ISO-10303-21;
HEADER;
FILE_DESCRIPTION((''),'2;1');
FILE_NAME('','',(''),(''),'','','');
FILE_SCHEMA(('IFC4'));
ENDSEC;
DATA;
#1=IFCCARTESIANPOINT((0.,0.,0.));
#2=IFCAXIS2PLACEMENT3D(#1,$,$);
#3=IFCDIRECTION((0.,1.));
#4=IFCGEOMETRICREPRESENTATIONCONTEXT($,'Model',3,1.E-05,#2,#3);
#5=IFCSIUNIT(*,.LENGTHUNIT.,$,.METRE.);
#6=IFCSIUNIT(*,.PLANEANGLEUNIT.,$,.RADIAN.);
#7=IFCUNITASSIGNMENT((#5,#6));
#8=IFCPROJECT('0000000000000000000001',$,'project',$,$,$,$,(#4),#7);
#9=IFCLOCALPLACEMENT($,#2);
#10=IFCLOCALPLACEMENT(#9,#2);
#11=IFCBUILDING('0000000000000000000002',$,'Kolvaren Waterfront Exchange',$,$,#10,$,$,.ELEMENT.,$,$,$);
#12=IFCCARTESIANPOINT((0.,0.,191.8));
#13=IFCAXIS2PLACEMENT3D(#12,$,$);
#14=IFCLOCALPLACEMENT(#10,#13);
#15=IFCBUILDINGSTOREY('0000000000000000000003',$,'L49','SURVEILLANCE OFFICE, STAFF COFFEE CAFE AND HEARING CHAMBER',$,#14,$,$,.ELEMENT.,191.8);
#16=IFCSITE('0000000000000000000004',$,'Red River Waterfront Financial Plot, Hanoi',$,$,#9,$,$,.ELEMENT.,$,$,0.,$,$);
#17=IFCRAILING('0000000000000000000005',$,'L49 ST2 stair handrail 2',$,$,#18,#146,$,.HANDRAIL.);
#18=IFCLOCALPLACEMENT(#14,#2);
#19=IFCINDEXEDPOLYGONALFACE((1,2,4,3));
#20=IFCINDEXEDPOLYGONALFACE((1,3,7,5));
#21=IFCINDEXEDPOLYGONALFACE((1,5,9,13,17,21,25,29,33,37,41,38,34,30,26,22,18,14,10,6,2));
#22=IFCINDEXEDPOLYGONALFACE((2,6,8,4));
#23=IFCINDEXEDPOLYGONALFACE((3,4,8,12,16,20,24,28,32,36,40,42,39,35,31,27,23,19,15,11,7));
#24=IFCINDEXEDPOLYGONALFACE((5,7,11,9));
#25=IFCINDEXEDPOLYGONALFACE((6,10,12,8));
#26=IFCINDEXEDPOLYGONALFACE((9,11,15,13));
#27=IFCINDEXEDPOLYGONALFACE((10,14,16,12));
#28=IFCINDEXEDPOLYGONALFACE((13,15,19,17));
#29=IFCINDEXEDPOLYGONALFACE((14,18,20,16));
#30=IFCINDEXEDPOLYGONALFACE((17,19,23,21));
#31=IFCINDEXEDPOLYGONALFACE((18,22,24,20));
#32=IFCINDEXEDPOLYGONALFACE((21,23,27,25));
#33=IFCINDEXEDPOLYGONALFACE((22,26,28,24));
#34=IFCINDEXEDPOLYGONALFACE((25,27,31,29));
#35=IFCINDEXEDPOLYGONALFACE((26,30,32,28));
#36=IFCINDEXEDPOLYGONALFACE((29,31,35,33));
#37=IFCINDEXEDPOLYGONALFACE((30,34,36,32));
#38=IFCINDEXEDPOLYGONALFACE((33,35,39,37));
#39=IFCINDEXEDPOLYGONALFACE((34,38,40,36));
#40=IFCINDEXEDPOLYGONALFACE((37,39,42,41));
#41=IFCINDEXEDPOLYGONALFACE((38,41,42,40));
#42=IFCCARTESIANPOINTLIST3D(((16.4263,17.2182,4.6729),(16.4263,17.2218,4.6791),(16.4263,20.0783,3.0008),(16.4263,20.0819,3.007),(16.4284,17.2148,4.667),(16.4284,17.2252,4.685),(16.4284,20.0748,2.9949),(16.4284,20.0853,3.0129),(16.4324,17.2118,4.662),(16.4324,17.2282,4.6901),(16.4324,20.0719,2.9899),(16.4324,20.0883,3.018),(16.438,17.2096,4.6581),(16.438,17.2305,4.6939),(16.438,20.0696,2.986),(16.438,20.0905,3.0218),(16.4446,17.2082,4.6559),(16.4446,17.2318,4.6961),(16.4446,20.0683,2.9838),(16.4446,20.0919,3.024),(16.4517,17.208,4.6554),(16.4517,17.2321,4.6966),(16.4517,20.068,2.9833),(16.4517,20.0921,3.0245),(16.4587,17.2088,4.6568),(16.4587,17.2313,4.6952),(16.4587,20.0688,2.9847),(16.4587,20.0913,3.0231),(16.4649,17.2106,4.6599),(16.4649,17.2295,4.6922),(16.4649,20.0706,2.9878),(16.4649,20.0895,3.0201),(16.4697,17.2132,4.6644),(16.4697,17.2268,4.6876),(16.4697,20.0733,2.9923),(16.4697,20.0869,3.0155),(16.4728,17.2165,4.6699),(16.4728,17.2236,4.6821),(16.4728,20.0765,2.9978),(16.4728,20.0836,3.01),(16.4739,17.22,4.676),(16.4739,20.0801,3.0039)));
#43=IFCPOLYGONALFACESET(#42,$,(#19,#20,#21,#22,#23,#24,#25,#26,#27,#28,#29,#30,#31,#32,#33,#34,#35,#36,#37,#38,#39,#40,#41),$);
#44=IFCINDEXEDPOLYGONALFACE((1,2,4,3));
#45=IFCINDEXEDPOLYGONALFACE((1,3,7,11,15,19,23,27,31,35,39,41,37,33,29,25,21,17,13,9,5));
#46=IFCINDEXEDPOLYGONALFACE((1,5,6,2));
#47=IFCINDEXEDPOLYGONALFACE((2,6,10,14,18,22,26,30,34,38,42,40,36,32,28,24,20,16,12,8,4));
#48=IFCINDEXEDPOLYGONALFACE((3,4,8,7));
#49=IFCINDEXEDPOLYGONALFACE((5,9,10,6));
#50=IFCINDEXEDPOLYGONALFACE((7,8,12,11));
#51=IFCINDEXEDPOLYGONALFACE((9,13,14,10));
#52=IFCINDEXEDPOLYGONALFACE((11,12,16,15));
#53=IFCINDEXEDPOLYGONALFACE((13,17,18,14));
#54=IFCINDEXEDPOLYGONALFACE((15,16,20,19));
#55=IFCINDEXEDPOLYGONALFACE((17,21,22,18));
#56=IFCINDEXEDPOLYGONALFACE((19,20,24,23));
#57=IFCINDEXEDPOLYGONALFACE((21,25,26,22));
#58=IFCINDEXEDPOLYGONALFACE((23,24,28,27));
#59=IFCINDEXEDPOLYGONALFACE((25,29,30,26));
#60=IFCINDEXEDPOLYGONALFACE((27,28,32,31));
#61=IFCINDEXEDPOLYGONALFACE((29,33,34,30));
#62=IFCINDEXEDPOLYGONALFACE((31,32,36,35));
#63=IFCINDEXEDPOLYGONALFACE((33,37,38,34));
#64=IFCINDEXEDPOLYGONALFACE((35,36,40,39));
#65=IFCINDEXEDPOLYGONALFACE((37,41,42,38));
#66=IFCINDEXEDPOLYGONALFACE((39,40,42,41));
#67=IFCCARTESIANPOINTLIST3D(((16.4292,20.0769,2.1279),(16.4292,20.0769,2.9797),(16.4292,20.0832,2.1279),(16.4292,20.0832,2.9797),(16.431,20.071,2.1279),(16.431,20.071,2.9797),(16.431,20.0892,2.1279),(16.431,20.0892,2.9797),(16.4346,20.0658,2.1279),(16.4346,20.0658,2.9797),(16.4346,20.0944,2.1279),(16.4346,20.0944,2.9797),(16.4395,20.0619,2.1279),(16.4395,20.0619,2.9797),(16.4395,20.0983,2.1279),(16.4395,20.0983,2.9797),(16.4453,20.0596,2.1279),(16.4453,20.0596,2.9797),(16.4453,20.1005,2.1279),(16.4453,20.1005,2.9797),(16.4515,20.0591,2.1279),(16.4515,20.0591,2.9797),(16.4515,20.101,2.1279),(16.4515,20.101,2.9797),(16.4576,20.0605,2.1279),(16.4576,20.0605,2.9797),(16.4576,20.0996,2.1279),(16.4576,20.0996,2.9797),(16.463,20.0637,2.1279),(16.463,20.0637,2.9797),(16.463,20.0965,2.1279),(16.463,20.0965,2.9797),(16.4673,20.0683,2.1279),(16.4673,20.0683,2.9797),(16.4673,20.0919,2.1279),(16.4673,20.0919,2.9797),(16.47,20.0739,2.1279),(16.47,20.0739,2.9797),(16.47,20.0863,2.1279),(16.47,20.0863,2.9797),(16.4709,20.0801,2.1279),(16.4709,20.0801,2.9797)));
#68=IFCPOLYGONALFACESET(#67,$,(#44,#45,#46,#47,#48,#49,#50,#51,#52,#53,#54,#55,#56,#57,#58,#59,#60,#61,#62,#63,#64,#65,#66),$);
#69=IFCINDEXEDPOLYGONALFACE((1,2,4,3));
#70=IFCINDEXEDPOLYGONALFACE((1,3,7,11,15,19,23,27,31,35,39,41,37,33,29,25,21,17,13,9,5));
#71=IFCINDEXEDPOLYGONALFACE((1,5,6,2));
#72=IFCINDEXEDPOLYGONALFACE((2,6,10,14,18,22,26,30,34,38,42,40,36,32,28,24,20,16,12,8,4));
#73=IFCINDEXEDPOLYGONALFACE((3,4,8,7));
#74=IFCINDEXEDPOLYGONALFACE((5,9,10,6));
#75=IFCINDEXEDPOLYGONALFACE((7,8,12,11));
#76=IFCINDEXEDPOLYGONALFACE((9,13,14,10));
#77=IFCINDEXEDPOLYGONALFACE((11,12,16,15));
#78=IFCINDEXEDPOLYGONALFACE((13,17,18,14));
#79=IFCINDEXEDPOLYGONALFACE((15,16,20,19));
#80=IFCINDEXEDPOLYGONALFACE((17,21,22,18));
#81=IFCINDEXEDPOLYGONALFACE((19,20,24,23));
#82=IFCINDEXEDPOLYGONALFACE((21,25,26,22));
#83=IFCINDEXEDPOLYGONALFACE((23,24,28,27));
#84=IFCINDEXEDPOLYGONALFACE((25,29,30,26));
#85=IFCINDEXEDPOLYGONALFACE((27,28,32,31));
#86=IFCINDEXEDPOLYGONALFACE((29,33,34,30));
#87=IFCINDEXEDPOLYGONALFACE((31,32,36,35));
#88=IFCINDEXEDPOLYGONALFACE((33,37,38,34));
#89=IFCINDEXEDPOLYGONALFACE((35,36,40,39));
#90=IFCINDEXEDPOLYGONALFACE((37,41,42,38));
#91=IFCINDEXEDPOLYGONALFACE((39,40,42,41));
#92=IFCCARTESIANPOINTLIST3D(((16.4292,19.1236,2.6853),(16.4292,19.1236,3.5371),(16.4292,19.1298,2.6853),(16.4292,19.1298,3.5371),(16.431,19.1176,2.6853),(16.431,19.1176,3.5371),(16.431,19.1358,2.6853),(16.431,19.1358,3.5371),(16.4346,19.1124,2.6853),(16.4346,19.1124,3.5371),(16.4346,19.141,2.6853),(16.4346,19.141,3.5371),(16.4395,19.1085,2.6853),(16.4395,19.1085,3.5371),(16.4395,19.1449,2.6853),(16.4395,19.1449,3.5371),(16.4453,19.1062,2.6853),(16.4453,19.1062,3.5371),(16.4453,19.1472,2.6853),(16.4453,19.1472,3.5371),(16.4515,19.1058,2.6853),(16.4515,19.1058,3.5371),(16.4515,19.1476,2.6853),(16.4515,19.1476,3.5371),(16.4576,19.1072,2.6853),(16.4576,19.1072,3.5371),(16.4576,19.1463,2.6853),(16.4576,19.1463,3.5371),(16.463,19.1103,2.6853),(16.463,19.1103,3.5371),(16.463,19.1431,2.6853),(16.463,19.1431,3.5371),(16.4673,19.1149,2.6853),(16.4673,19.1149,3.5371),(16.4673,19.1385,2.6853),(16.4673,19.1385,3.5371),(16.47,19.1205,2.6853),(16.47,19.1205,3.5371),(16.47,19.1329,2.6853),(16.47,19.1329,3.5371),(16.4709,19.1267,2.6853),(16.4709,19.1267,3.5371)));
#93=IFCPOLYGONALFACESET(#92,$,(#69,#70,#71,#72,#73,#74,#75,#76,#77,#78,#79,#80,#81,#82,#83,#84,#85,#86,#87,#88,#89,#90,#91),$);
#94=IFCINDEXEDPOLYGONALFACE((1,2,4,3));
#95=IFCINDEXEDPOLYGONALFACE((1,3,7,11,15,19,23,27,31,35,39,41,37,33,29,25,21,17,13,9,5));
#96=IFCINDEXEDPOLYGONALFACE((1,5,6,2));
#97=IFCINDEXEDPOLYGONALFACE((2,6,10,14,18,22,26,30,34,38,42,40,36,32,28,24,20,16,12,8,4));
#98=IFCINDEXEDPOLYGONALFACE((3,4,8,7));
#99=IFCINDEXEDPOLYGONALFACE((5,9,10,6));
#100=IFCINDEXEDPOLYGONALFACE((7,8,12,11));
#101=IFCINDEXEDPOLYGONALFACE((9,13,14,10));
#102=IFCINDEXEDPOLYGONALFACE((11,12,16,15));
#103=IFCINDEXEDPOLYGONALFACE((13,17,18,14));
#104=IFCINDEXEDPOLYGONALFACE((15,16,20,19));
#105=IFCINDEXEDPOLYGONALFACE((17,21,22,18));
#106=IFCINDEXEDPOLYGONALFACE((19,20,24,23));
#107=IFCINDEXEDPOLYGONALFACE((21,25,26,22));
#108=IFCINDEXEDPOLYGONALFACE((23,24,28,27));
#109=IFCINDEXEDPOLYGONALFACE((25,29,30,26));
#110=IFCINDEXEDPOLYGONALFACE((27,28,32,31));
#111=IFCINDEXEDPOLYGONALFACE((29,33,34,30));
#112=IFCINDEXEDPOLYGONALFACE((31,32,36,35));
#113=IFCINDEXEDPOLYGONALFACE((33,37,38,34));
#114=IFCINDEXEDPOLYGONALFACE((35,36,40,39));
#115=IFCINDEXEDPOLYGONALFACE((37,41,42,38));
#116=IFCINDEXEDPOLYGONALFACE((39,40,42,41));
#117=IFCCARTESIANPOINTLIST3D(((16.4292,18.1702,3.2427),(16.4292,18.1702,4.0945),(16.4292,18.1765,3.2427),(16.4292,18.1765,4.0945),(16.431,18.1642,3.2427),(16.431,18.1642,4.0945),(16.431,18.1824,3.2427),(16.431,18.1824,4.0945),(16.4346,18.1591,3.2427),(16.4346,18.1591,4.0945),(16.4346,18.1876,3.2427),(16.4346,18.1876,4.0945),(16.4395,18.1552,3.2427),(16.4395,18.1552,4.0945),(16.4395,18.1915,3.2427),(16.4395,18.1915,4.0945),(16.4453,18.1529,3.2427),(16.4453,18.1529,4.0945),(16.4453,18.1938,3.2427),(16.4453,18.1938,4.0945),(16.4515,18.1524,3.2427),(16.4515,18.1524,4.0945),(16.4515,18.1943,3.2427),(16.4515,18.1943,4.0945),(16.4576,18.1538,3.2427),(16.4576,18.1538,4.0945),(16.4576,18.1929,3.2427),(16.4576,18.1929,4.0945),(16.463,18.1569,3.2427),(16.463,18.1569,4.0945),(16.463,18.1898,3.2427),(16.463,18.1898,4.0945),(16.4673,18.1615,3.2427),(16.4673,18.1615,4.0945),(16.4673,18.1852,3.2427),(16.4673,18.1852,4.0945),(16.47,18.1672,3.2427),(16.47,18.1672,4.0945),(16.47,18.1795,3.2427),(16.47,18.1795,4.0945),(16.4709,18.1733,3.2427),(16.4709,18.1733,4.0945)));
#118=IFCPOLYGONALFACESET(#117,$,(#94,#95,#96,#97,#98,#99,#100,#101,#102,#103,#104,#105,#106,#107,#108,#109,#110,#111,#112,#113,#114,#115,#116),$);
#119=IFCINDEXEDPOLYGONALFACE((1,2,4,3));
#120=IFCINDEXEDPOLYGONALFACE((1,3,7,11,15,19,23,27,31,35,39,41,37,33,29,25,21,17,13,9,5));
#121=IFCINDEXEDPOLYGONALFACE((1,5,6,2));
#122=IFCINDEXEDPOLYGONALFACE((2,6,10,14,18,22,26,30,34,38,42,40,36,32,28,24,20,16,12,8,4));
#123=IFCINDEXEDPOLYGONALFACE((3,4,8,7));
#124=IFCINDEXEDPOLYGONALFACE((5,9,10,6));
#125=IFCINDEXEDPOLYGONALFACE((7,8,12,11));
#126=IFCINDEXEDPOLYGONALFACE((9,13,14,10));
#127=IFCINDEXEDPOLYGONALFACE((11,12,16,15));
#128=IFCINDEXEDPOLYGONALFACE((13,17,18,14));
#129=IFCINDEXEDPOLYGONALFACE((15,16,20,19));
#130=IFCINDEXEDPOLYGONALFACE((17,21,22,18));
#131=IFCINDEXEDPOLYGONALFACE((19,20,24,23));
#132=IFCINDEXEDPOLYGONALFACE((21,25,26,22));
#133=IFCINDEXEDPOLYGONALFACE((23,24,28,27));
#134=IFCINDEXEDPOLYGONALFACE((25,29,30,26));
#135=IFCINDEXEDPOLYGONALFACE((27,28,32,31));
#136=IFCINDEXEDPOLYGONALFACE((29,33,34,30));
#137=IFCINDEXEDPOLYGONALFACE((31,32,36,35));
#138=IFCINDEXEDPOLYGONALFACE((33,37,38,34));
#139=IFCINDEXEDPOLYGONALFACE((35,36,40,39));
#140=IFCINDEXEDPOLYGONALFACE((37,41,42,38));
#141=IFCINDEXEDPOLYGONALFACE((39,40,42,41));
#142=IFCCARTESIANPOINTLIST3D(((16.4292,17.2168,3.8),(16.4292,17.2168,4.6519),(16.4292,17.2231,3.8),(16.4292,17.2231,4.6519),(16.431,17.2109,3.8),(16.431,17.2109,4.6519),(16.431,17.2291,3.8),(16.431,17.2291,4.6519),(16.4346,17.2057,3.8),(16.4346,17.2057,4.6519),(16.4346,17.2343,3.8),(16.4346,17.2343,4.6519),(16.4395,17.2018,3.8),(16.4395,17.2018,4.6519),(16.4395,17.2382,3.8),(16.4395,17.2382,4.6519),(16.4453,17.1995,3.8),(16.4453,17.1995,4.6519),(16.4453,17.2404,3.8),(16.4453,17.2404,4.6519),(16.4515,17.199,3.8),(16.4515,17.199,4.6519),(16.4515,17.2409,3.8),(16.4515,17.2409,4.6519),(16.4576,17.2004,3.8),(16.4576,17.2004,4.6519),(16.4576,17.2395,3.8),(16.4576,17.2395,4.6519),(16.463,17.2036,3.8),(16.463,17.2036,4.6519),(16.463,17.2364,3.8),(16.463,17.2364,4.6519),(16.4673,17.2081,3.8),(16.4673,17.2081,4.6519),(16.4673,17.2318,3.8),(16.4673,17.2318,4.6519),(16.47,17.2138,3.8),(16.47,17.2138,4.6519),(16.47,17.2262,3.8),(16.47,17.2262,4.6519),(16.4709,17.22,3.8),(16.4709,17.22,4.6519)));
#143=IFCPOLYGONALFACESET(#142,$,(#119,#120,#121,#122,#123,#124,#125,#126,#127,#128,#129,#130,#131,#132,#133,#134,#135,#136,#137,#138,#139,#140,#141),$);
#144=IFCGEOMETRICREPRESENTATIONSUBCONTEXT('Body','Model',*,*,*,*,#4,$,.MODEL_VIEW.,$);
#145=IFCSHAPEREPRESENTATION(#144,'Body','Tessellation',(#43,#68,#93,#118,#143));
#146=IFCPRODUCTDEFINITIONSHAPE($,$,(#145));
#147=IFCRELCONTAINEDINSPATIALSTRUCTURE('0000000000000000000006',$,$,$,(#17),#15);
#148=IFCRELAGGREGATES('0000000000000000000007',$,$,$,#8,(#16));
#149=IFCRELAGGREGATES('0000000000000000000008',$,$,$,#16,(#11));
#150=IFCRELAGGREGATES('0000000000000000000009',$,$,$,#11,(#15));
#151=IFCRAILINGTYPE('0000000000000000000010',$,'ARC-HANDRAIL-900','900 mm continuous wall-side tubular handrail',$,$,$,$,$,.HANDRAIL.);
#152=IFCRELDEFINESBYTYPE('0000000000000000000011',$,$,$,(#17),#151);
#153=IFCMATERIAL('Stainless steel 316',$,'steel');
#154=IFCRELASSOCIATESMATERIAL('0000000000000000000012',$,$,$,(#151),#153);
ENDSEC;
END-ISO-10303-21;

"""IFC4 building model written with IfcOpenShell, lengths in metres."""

from ifc_helpers import new_model, si_unit, direction, frame, origin, origin_2d, place, context, subcontext, project, spatial, circle, extrude, material, type_object, element, save


model = new_model("IFC4")

# Units and contexts
model_context = context("Model", 3, precision=1e-05, world=origin(), true_north=direction((0.0, 1.0)))
body_context = subcontext(model_context, "Body", "Model", "MODEL_VIEW")
ifc_project = project(units=[si_unit("LENGTHUNIT", "METRE"), si_unit("PLANEANGLEUNIT", "RADIAN")], contexts=[model_context])

# Site, building, storey
site_placement = place(None, origin())
site = spatial("IfcSite", under=ifc_project, at=site_placement, Name="Red River Waterfront Financial Plot, Hanoi", CompositionType="ELEMENT", RefElevation=0.0)
building_placement = place(site_placement, origin())
building = spatial("IfcBuilding", under=site, at=building_placement, Name="Kolvaren Waterfront Exchange", CompositionType="ELEMENT")
storey_placement = place(building_placement, frame((0.0, 0.0, 191.8)))
storey = spatial("IfcBuildingStorey", under=building, at=storey_placement, Name="L49", Description="SURVEILLANCE OFFICE, STAFF COFFEE CAFE AND HEARING CHAMBER", CompositionType="ELEMENT", Elevation=191.8)

# Railing
ifc_material_1 = material(Name="Stainless steel 316", Category="steel")
railing_type_1 = type_object("IfcRailingType", Name="ARC-HANDRAIL-900", Description="900 mm continuous wall-side tubular handrail", PredefinedType="HANDRAIL", material=ifc_material_1)
railing_1_placement = place(storey_placement, frame((16.45, 20.0801, 2.1279)))
element("IfcRailing", 1, at=railing_1_placement, inside=storey, type_object=railing_type_1, Name="L49 ST2 stair handrail 2", PredefinedType="HANDRAIL", context=body_context, shape_type="SweptSolid", body=[
    extrude(circle(Radius=0.0239, at=origin_2d()), frame((0.0, 0.0, 0.876), z_axis=(0.0, -0.863289, 0.504709), x_axis=(1.0, 0.0, 0.0)), (0.0, 0.0, 1.0), 3.313),
    extrude(circle(Radius=0.021, at=origin_2d()), origin(), (0.0, 0.0, 1.0), 0.8518),
    extrude(circle(Radius=0.021, at=origin_2d()), frame((0.0, -0.9534, 0.5574)), (0.0, 0.0, 1.0), 0.8518),
    extrude(circle(Radius=0.021, at=origin_2d()), frame((0.0, -1.9067, 1.1147)), (0.0, 0.0, 1.0), 0.8518),
    extrude(circle(Radius=0.021, at=origin_2d()), frame((0.0, -2.8601, 1.6721)), (0.0, 0.0, 1.0), 0.8518),
])

save(model, "model.ifc")
